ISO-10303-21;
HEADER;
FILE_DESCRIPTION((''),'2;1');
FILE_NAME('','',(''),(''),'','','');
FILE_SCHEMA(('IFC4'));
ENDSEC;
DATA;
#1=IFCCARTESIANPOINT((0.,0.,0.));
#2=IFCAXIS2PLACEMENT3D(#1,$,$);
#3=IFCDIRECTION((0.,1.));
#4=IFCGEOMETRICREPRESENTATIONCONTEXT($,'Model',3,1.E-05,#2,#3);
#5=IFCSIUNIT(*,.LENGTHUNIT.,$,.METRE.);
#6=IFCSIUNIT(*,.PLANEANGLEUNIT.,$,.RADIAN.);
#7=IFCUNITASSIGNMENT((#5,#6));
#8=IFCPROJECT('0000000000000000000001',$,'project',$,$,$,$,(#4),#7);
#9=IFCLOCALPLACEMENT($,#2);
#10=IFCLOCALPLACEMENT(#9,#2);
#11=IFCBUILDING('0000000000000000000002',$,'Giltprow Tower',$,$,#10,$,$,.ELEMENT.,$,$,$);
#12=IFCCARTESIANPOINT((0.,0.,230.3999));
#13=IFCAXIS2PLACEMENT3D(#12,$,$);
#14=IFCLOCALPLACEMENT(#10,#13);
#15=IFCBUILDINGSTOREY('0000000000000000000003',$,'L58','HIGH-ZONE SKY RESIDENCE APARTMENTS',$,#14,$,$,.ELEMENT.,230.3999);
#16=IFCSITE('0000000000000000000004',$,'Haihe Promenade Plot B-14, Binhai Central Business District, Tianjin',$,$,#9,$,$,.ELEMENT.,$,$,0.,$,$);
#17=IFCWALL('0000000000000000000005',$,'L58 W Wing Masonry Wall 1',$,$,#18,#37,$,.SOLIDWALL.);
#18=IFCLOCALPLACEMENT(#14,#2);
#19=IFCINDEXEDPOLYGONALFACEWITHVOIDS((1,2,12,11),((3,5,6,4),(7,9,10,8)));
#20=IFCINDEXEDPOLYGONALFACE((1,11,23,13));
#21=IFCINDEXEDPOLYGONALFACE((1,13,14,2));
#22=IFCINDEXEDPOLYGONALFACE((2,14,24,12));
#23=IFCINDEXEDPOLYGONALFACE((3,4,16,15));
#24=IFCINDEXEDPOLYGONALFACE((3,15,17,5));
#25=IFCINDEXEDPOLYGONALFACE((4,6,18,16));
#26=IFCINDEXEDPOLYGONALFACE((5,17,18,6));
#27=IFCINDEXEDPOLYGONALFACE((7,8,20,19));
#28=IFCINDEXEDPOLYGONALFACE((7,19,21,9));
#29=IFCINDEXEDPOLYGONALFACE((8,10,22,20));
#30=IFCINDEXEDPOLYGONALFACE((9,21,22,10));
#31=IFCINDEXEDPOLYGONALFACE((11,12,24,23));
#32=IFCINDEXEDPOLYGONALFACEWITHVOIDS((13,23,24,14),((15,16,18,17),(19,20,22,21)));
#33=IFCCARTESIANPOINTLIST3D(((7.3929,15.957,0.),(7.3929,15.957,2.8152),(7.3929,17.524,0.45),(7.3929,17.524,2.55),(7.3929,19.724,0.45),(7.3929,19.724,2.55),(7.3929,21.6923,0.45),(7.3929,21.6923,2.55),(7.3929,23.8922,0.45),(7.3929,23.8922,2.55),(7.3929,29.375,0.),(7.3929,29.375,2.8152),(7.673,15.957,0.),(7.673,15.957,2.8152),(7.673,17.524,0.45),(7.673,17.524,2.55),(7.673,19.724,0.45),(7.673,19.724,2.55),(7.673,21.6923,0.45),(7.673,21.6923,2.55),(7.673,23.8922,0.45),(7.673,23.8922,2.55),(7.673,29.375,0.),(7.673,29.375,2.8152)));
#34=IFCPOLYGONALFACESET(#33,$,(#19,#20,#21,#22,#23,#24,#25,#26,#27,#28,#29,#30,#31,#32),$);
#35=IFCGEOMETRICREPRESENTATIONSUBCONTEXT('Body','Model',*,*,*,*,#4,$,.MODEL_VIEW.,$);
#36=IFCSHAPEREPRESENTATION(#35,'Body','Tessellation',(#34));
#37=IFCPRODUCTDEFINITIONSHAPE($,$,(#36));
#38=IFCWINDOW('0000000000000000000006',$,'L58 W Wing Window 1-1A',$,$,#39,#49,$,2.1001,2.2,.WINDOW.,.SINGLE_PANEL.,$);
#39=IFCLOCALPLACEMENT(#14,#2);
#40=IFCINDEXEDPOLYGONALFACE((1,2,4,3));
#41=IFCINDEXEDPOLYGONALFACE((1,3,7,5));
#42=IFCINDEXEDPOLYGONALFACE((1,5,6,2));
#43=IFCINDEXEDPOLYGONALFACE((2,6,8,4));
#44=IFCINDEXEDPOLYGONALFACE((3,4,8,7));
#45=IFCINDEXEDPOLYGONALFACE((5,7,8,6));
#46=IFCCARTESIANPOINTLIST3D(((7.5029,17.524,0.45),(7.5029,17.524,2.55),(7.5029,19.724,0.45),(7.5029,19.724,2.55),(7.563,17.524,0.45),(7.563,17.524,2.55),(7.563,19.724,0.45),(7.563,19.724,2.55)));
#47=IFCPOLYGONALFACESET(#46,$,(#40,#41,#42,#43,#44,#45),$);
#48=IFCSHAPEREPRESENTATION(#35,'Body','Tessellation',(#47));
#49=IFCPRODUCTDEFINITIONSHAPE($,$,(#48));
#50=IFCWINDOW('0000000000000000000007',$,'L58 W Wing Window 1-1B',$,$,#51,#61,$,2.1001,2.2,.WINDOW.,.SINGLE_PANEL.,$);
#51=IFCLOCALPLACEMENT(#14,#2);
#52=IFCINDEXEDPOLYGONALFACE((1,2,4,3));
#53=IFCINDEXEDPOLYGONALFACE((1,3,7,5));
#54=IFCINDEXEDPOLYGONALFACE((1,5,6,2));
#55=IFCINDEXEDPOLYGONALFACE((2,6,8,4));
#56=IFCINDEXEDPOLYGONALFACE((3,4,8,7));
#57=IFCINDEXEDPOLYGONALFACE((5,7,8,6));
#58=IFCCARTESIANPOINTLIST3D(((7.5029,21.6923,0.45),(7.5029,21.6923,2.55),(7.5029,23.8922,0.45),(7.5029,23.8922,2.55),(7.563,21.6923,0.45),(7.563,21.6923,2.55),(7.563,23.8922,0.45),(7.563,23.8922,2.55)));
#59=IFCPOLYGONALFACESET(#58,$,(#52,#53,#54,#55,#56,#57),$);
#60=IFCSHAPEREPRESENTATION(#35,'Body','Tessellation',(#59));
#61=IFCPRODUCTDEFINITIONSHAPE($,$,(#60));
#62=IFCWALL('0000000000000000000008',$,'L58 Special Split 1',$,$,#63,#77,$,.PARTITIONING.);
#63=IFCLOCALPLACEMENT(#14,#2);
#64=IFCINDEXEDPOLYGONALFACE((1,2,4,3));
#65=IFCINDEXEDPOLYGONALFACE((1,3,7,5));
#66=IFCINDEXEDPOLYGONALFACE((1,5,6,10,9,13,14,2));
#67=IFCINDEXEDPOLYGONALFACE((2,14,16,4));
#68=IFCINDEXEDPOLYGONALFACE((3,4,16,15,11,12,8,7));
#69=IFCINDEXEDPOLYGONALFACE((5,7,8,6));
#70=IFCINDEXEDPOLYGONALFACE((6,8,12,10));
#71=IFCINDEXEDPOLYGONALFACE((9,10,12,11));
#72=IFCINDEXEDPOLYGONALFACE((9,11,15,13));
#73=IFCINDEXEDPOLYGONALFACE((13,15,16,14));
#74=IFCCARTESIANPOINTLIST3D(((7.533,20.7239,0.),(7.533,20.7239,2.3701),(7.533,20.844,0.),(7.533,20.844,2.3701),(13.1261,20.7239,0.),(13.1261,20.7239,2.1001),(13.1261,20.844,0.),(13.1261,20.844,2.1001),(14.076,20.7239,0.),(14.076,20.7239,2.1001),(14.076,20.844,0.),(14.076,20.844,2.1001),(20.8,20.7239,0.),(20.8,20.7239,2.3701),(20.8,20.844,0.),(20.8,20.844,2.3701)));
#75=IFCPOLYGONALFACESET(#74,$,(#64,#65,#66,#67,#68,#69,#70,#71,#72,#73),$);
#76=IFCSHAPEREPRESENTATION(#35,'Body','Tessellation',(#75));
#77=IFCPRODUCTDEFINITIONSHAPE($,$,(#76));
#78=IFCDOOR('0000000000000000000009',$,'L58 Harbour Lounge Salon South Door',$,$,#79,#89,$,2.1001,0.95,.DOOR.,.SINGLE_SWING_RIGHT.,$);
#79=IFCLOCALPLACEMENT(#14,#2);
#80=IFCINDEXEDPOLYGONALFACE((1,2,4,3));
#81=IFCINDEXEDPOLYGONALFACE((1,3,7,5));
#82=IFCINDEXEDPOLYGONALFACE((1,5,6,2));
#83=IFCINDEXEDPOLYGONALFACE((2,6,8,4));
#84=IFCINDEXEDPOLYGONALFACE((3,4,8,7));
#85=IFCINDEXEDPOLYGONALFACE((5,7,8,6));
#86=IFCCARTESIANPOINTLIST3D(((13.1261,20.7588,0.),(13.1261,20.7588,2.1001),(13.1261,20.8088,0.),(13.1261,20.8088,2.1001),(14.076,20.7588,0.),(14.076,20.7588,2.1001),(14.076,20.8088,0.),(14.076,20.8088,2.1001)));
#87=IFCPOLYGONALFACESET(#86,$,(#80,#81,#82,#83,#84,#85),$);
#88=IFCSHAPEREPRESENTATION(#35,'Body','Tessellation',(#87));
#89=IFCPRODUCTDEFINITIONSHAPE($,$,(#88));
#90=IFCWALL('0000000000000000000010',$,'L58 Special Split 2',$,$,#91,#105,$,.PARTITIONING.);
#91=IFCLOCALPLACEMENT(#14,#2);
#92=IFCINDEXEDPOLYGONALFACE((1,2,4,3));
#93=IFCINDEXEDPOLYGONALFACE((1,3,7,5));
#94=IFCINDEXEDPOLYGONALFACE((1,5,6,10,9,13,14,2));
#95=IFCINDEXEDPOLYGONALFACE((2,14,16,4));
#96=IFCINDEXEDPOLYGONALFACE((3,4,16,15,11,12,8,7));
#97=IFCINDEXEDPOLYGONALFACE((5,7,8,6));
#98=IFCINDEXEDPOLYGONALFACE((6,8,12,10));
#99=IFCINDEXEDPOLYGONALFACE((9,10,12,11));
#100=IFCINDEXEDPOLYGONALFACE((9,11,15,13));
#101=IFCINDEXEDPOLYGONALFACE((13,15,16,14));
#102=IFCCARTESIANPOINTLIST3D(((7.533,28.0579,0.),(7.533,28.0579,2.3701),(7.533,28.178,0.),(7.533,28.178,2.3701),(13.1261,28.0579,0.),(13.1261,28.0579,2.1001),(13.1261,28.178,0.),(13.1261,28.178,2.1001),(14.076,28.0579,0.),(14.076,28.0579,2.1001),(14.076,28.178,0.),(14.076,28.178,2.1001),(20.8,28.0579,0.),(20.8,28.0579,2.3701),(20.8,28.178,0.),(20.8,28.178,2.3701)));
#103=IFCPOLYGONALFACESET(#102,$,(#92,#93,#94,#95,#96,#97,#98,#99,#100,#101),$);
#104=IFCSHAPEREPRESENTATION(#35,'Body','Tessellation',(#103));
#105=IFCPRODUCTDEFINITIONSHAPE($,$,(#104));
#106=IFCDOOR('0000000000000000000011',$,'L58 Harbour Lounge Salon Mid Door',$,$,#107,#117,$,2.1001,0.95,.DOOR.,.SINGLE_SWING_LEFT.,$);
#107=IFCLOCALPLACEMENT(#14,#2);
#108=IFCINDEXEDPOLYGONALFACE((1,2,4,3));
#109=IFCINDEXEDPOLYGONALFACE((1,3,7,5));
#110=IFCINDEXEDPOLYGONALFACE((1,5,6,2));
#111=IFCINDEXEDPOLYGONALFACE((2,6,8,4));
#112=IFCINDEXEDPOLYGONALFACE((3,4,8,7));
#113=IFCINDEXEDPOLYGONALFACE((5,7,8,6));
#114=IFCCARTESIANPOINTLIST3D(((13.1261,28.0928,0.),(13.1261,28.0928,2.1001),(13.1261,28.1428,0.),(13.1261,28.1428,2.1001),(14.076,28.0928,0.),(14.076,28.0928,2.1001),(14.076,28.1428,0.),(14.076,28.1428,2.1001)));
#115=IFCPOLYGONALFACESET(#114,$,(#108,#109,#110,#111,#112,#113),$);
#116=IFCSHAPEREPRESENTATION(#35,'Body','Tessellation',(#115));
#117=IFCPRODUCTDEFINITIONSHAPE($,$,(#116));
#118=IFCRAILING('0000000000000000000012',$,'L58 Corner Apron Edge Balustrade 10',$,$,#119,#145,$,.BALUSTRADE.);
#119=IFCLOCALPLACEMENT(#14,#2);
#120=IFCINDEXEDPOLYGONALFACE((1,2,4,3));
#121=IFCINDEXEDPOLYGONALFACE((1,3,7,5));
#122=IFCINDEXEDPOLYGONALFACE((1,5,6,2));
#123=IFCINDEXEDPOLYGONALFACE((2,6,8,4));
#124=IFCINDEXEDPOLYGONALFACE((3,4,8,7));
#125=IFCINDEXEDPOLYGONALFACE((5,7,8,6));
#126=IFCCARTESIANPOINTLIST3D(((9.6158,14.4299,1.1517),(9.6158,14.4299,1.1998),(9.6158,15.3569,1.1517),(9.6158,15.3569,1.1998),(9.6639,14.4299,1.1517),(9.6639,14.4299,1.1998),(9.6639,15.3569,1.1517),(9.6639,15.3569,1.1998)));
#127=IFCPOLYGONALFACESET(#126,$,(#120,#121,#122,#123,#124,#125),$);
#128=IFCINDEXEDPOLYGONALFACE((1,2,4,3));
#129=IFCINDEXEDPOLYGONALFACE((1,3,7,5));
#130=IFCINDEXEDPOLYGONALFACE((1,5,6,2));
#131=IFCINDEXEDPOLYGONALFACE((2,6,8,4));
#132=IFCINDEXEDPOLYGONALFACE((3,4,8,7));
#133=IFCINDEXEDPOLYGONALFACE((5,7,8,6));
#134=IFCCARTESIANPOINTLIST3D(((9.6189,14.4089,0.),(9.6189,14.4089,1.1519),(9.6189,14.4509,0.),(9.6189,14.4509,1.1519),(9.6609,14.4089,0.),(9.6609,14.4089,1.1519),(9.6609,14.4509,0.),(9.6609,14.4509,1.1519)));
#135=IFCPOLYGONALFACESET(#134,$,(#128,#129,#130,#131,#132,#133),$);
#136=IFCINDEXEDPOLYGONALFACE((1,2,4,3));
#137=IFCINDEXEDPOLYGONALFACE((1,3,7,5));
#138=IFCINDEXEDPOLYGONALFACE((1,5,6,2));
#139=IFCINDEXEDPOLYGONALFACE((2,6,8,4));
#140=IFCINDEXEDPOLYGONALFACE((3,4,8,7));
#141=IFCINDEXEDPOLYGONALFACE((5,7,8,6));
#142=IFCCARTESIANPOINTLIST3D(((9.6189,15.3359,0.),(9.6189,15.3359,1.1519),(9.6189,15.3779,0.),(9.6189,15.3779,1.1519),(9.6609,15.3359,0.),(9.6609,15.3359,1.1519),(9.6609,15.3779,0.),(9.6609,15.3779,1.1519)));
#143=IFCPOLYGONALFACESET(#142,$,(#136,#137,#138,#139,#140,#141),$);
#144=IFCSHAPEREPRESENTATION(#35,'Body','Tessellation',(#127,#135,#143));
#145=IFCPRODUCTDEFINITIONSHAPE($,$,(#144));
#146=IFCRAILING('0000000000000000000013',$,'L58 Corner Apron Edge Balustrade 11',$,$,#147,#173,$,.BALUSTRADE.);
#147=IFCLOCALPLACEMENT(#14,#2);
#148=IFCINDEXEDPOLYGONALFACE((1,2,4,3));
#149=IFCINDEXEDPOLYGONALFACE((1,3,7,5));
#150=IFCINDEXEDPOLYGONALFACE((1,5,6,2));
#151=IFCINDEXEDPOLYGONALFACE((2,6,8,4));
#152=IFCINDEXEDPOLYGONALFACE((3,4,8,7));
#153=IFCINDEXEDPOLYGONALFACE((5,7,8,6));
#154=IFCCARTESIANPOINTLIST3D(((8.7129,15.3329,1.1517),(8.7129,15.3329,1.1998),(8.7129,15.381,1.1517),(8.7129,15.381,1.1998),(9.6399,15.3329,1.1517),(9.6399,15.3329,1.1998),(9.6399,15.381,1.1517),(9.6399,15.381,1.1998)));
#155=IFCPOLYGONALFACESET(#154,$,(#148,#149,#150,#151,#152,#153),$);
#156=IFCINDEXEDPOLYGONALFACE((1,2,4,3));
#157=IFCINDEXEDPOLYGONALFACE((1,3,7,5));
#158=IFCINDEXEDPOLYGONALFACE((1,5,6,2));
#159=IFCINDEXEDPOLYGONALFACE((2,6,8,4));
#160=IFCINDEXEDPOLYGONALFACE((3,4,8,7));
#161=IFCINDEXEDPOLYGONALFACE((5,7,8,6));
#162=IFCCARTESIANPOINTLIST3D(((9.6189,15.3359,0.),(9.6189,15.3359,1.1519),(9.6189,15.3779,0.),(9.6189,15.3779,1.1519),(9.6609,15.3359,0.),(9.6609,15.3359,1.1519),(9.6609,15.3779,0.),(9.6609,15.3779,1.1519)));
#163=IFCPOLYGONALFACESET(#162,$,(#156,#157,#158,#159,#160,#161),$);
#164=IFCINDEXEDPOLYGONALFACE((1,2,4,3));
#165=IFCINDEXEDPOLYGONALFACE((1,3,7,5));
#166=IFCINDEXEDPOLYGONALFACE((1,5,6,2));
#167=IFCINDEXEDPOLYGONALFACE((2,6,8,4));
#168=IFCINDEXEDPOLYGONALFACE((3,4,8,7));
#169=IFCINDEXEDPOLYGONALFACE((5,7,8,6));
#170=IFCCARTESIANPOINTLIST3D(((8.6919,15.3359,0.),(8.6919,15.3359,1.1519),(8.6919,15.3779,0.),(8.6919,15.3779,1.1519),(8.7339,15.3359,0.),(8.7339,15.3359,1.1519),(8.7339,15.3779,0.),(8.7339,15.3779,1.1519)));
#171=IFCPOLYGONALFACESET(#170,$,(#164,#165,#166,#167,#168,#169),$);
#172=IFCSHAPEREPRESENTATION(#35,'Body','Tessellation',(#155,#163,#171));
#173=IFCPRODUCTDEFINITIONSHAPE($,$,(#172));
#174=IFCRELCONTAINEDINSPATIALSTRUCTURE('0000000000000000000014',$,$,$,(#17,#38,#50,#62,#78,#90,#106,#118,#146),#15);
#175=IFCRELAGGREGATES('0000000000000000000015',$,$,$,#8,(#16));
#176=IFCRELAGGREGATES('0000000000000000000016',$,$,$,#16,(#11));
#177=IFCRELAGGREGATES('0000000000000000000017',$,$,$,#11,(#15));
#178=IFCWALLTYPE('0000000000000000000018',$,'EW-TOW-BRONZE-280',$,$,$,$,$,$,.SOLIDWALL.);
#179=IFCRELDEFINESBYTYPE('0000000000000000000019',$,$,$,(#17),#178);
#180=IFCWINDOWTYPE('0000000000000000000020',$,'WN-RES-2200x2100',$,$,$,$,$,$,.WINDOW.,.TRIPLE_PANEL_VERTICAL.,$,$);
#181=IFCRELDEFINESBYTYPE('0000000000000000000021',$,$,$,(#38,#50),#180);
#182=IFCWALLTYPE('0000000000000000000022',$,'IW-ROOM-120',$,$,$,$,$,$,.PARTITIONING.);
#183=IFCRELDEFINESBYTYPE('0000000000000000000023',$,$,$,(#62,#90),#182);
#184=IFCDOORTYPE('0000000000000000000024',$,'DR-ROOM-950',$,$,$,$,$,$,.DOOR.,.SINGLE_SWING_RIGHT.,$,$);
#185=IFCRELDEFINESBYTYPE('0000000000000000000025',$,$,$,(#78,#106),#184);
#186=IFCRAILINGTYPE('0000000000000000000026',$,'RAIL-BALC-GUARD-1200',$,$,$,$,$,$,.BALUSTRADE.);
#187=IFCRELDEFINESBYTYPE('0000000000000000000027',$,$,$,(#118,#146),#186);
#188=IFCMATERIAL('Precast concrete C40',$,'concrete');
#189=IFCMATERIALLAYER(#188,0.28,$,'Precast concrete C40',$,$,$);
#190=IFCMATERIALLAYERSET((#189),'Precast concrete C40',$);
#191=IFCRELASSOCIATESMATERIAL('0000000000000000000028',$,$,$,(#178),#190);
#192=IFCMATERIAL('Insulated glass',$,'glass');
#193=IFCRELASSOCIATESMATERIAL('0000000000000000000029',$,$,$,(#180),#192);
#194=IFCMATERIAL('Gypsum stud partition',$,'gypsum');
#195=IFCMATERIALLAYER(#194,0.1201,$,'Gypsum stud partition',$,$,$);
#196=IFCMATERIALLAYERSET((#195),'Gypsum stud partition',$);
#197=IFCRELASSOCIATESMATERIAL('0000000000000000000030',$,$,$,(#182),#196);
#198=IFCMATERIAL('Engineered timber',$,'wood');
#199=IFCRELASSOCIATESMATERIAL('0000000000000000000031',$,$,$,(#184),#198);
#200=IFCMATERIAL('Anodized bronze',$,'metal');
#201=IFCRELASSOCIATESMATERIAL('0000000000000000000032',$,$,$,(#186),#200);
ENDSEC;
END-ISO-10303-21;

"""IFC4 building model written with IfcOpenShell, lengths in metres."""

from ifc_helpers import new_model, si_unit, direction, frame, frame_2d, origin, origin_2d, place, context, subcontext, project, spatial, rectangle, extrude, source, transform, mapped, material, layer, layer_set, type_object, element, fill, save


model = new_model("IFC4")

# Units and contexts
model_context = context("Model", 3, precision=1e-05, world=origin(), true_north=direction((0.0, 1.0)))
body_context = subcontext(model_context, "Body", "Model", "MODEL_VIEW")
ifc_project = project(units=[si_unit("LENGTHUNIT", "METRE"), si_unit("PLANEANGLEUNIT", "RADIAN")], contexts=[model_context])

# Site, building, storey
site_placement = place(None, origin())
site = spatial("IfcSite", under=ifc_project, at=site_placement, Name="Haihe Promenade Plot B-14, Binhai Central Business District, Tianjin", CompositionType="ELEMENT", RefElevation=0.0)
building_placement = place(site_placement, origin())
building = spatial("IfcBuilding", under=site, at=building_placement, Name="Giltprow Tower", CompositionType="ELEMENT")
storey_placement = place(building_placement, frame((0.0, 0.0, 230.3999)))
storey = spatial("IfcBuildingStorey", under=building, at=storey_placement, Name="L58", Description="HIGH-ZONE SKY RESIDENCE APARTMENTS", CompositionType="ELEMENT", Elevation=230.3999)

# Shared definitions
ifc_material_1 = material(Name="Anodized bronze", Category="metal")

# Shared definitions
ifc_material_2 = material(Name="Insulated glass", Category="glass")

# Shared definitions
ifc_material_3 = material(Name="Precast concrete C40", Category="concrete")

# Wall, openings, windows
ifc_layer_1 = layer(ifc_material_3, 0.28, Name="Precast concrete C40")
ifc_layer_set_1 = layer_set([ifc_layer_1], Name="Precast concrete C40")
wall_type_1 = type_object("IfcWallType", Name="EW-TOW-BRONZE-280", PredefinedType="SOLIDWALL", material=ifc_layer_set_1)
wall_1_placement = place(storey_placement, frame((7.533, 15.957, 0.0), z_axis=(0.0, 0.0, 1.0), x_axis=(0.0, 1.0, 0.0)))
wall_1 = element("IfcWall", 1, at=wall_1_placement, inside=storey, type_object=wall_type_1, Name="L58 W Wing Masonry Wall 1", PredefinedType="SOLIDWALL", context=body_context, shape_type="SweptSolid", body=[
    extrude(rectangle(XDim=13.418, YDim=0.28, at=frame_2d((6.709, 0.0))), origin(), (0.0, 0.0, 1.0), 2.8152),
])
opening_1_placement = place(wall_1_placement, frame((1.5669, 0.0, 0.45)))
opening_1 = element("IfcOpeningElement", 2, at=opening_1_placement, cuts=wall_1, PredefinedType="OPENING", context=body_context, shape_type="SweptSolid", body=[
    extrude(rectangle(XDim=2.2, YDim=2.1001, at=frame_2d((1.1001, 1.05))), frame((0.0, 0.1499, 0.0), z_axis=(0.0, -1.0, 0.0), x_axis=(1.0, 0.0, 0.0)), (0.0, 0.0, 1.0), 0.3),
])
opening_2_placement = place(wall_1_placement, frame((5.7351, 0.0, 0.45)))
opening_2 = element("IfcOpeningElement", 3, at=opening_2_placement, cuts=wall_1, PredefinedType="OPENING", context=body_context, shape_type="SweptSolid", body=[
    extrude(rectangle(XDim=2.2, YDim=2.1001, at=frame_2d((1.1001, 1.05))), frame((0.0, 0.1499, 0.0), z_axis=(0.0, -1.0, 0.0), x_axis=(1.0, 0.0, 0.0)), (0.0, 0.0, 1.0), 0.3),
])
window_type_1 = type_object("IfcWindowType", Name="WN-RES-2200x2100", PartitioningType="TRIPLE_PANEL_VERTICAL", PredefinedType="WINDOW", material=ifc_material_2)
shared_shape_1 = source(origin(), body_context, "Body", "SweptSolid", [
    extrude(rectangle(XDim=2.2, YDim=2.1001, at=frame_2d((1.1001, 1.05))), frame((0.0, 0.03, 0.0), z_axis=(0.0, -1.0, 0.0), x_axis=(1.0, 0.0, 0.0)), (0.0, 0.0, 1.0), 0.0601),
])
window_1_placement = place(opening_1_placement, origin())
window_1 = element("IfcWindow", 4, at=window_1_placement, inside=storey, type_object=window_type_1, Name="L58 W Wing Window 1-1A", OverallHeight=2.1001, OverallWidth=2.2, PartitioningType="SINGLE_PANEL", PredefinedType="WINDOW", context=body_context, shape_type="MappedRepresentation", body=[
    mapped(shared_shape_1, transform((0.0, 0.0, 0.0), x_axis=(1.0, 0.0, 0.0), y_axis=(0.0, 1.0, 0.0), z_axis=(0.0, 0.0, 1.0), scale=1.0)),
])
fill(opening_1, window_1)
window_2_placement = place(opening_2_placement, origin())
window_2 = element("IfcWindow", 5, at=window_2_placement, inside=storey, type_object=window_type_1, Name="L58 W Wing Window 1-1B", OverallHeight=2.1001, OverallWidth=2.2, PartitioningType="SINGLE_PANEL", PredefinedType="WINDOW", context=body_context, shape_type="MappedRepresentation", body=[
    mapped(shared_shape_1, transform((0.0, 0.0, 0.0), x_axis=(1.0, 0.0, 0.0), y_axis=(0.0, 1.0, 0.0), z_axis=(0.0, 0.0, 1.0), scale=1.0)),
])
fill(opening_2, window_2)

# Walls, openings, doors
ifc_material_4 = material(Name="Gypsum stud partition", Category="gypsum")
ifc_layer_2 = layer(ifc_material_4, 0.1201, Name="Gypsum stud partition")
ifc_layer_set_2 = layer_set([ifc_layer_2], Name="Gypsum stud partition")
wall_type_2 = type_object("IfcWallType", Name="IW-ROOM-120", PredefinedType="PARTITIONING", material=ifc_layer_set_2)
wall_2_placement = place(storey_placement, frame((7.533, 20.7839, 0.0), z_axis=(0.0, 0.0, 1.0), x_axis=(1.0, 0.0, 0.0)))
wall_2 = element("IfcWall", 6, at=wall_2_placement, inside=storey, type_object=wall_type_2, Name="L58 Special Split 1", PredefinedType="PARTITIONING", context=body_context, shape_type="SweptSolid", body=[
    extrude(rectangle(XDim=13.2671, YDim=0.1201, at=frame_2d((6.6335, 0.0))), origin(), (0.0, 0.0, 1.0), 2.3701),
])
opening_3_placement = place(wall_2_placement, frame((5.593, 0.0, 0.0)))
opening_3 = element("IfcOpeningElement", 7, at=opening_3_placement, cuts=wall_2, PredefinedType="OPENING", context=body_context, shape_type="SweptSolid", body=[
    extrude(rectangle(XDim=0.95, YDim=2.1001, at=frame_2d((0.4751, 1.05))), frame((0.0, 0.0701, 0.0), z_axis=(0.0, -1.0, 0.0), x_axis=(1.0, 0.0, 0.0)), (0.0, 0.0, 1.0), 0.1401),
])
ifc_material_5 = material(Name="Engineered timber", Category="wood")
door_type = type_object("IfcDoorType", Name="DR-ROOM-950", OperationType="SINGLE_SWING_RIGHT", PredefinedType="DOOR", material=ifc_material_5)
shared_shape_2 = source(origin(), body_context, "Body", "SweptSolid", [
    extrude(rectangle(XDim=0.95, YDim=2.1001, at=frame_2d((0.4751, 1.05))), frame((0.0, 0.0249, 0.0), z_axis=(0.0, -1.0, 0.0), x_axis=(1.0, 0.0, 0.0)), (0.0, 0.0, 1.0), 0.05),
])
door_1_placement = place(opening_3_placement, origin())
door_1 = element("IfcDoor", 8, at=door_1_placement, inside=storey, type_object=door_type, Name="L58 Harbour Lounge Salon South Door", OperationType="SINGLE_SWING_RIGHT", OverallHeight=2.1001, OverallWidth=0.95, PredefinedType="DOOR", context=body_context, shape_type="MappedRepresentation", body=[
    mapped(shared_shape_2, transform((0.0, 0.0, 0.0), x_axis=(1.0, 0.0, 0.0), y_axis=(0.0, 1.0, 0.0), z_axis=(0.0, 0.0, 1.0), scale=1.0)),
])
fill(opening_3, door_1)
wall_3_placement = place(storey_placement, frame((7.533, 28.1179, 0.0), z_axis=(0.0, 0.0, 1.0), x_axis=(1.0, 0.0, 0.0)))
wall_3 = element("IfcWall", 9, at=wall_3_placement, inside=storey, type_object=wall_type_2, Name="L58 Special Split 2", PredefinedType="PARTITIONING", context=body_context, shape_type="SweptSolid", body=[
    extrude(rectangle(XDim=13.2671, YDim=0.1201, at=frame_2d((6.6335, 0.0))), origin(), (0.0, 0.0, 1.0), 2.3701),
])
opening_4_placement = place(wall_3_placement, frame((5.593, 0.0, 0.0)))
opening_4 = element("IfcOpeningElement", 10, at=opening_4_placement, cuts=wall_3, PredefinedType="OPENING", context=body_context, shape_type="SweptSolid", body=[
    extrude(rectangle(XDim=0.95, YDim=2.1001, at=frame_2d((0.4751, 1.05))), frame((0.0, 0.0701, 0.0), z_axis=(0.0, -1.0, 0.0), x_axis=(1.0, 0.0, 0.0)), (0.0, 0.0, 1.0), 0.1401),
])
door_2_placement = place(opening_4_placement, origin())
door_2 = element("IfcDoor", 11, at=door_2_placement, inside=storey, type_object=door_type, Name="L58 Harbour Lounge Salon Mid Door", OperationType="SINGLE_SWING_LEFT", OverallHeight=2.1001, OverallWidth=0.95, PredefinedType="DOOR", context=body_context, shape_type="MappedRepresentation", body=[
    mapped(shared_shape_2, transform((0.0, 0.0, 0.0), x_axis=(1.0, 0.0, 0.0), y_axis=(0.0, 1.0, 0.0), z_axis=(0.0, 0.0, 1.0), scale=1.0)),
])
fill(opening_4, door_2)

# Railings
railing_type = type_object("IfcRailingType", Name="RAIL-BALC-GUARD-1200", PredefinedType="BALUSTRADE", material=ifc_material_1)
railing_1_placement = place(storey_placement, frame((9.6399, 14.4299, 0.0)))
element("IfcRailing", 12, at=railing_1_placement, inside=storey, type_object=railing_type, Name="L58 Corner Apron Edge Balustrade 10", PredefinedType="BALUSTRADE", context=body_context, shape_type="SweptSolid", body=[
    extrude(rectangle(XDim=0.0481, YDim=0.0481, at=origin_2d()), frame((0.0, 0.0, 1.1758), z_axis=(0.0, 1.0, 0.0), x_axis=(-1.0, 0.0, 0.0)), (0.0, 0.0, 1.0), 0.927),
    extrude(rectangle(XDim=0.042, YDim=0.042, at=origin_2d()), origin(), (0.0, 0.0, 1.0), 1.1519),
    extrude(rectangle(XDim=0.042, YDim=0.042, at=origin_2d()), frame((0.0, 0.927, 0.0)), (0.0, 0.0, 1.0), 1.1519),
])
railing_2_placement = place(storey_placement, frame((9.6399, 15.3569, 0.0)))
element("IfcRailing", 13, at=railing_2_placement, inside=storey, type_object=railing_type, Name="L58 Corner Apron Edge Balustrade 11", PredefinedType="BALUSTRADE", context=body_context, shape_type="SweptSolid", body=[
    extrude(rectangle(XDim=0.0481, YDim=0.0481, at=origin_2d()), frame((0.0, 0.0, 1.1758), z_axis=(-1.0, 0.0, 0.0), x_axis=(0.0, -1.0, 0.0)), (0.0, 0.0, 1.0), 0.927),
    extrude(rectangle(XDim=0.042, YDim=0.042, at=origin_2d()), origin(), (0.0, 0.0, 1.0), 1.1519),
    extrude(rectangle(XDim=0.042, YDim=0.042, at=origin_2d()), frame((-0.927, 0.0, 0.0)), (0.0, 0.0, 1.0), 1.1519),
])

save(model, "model.ifc")
